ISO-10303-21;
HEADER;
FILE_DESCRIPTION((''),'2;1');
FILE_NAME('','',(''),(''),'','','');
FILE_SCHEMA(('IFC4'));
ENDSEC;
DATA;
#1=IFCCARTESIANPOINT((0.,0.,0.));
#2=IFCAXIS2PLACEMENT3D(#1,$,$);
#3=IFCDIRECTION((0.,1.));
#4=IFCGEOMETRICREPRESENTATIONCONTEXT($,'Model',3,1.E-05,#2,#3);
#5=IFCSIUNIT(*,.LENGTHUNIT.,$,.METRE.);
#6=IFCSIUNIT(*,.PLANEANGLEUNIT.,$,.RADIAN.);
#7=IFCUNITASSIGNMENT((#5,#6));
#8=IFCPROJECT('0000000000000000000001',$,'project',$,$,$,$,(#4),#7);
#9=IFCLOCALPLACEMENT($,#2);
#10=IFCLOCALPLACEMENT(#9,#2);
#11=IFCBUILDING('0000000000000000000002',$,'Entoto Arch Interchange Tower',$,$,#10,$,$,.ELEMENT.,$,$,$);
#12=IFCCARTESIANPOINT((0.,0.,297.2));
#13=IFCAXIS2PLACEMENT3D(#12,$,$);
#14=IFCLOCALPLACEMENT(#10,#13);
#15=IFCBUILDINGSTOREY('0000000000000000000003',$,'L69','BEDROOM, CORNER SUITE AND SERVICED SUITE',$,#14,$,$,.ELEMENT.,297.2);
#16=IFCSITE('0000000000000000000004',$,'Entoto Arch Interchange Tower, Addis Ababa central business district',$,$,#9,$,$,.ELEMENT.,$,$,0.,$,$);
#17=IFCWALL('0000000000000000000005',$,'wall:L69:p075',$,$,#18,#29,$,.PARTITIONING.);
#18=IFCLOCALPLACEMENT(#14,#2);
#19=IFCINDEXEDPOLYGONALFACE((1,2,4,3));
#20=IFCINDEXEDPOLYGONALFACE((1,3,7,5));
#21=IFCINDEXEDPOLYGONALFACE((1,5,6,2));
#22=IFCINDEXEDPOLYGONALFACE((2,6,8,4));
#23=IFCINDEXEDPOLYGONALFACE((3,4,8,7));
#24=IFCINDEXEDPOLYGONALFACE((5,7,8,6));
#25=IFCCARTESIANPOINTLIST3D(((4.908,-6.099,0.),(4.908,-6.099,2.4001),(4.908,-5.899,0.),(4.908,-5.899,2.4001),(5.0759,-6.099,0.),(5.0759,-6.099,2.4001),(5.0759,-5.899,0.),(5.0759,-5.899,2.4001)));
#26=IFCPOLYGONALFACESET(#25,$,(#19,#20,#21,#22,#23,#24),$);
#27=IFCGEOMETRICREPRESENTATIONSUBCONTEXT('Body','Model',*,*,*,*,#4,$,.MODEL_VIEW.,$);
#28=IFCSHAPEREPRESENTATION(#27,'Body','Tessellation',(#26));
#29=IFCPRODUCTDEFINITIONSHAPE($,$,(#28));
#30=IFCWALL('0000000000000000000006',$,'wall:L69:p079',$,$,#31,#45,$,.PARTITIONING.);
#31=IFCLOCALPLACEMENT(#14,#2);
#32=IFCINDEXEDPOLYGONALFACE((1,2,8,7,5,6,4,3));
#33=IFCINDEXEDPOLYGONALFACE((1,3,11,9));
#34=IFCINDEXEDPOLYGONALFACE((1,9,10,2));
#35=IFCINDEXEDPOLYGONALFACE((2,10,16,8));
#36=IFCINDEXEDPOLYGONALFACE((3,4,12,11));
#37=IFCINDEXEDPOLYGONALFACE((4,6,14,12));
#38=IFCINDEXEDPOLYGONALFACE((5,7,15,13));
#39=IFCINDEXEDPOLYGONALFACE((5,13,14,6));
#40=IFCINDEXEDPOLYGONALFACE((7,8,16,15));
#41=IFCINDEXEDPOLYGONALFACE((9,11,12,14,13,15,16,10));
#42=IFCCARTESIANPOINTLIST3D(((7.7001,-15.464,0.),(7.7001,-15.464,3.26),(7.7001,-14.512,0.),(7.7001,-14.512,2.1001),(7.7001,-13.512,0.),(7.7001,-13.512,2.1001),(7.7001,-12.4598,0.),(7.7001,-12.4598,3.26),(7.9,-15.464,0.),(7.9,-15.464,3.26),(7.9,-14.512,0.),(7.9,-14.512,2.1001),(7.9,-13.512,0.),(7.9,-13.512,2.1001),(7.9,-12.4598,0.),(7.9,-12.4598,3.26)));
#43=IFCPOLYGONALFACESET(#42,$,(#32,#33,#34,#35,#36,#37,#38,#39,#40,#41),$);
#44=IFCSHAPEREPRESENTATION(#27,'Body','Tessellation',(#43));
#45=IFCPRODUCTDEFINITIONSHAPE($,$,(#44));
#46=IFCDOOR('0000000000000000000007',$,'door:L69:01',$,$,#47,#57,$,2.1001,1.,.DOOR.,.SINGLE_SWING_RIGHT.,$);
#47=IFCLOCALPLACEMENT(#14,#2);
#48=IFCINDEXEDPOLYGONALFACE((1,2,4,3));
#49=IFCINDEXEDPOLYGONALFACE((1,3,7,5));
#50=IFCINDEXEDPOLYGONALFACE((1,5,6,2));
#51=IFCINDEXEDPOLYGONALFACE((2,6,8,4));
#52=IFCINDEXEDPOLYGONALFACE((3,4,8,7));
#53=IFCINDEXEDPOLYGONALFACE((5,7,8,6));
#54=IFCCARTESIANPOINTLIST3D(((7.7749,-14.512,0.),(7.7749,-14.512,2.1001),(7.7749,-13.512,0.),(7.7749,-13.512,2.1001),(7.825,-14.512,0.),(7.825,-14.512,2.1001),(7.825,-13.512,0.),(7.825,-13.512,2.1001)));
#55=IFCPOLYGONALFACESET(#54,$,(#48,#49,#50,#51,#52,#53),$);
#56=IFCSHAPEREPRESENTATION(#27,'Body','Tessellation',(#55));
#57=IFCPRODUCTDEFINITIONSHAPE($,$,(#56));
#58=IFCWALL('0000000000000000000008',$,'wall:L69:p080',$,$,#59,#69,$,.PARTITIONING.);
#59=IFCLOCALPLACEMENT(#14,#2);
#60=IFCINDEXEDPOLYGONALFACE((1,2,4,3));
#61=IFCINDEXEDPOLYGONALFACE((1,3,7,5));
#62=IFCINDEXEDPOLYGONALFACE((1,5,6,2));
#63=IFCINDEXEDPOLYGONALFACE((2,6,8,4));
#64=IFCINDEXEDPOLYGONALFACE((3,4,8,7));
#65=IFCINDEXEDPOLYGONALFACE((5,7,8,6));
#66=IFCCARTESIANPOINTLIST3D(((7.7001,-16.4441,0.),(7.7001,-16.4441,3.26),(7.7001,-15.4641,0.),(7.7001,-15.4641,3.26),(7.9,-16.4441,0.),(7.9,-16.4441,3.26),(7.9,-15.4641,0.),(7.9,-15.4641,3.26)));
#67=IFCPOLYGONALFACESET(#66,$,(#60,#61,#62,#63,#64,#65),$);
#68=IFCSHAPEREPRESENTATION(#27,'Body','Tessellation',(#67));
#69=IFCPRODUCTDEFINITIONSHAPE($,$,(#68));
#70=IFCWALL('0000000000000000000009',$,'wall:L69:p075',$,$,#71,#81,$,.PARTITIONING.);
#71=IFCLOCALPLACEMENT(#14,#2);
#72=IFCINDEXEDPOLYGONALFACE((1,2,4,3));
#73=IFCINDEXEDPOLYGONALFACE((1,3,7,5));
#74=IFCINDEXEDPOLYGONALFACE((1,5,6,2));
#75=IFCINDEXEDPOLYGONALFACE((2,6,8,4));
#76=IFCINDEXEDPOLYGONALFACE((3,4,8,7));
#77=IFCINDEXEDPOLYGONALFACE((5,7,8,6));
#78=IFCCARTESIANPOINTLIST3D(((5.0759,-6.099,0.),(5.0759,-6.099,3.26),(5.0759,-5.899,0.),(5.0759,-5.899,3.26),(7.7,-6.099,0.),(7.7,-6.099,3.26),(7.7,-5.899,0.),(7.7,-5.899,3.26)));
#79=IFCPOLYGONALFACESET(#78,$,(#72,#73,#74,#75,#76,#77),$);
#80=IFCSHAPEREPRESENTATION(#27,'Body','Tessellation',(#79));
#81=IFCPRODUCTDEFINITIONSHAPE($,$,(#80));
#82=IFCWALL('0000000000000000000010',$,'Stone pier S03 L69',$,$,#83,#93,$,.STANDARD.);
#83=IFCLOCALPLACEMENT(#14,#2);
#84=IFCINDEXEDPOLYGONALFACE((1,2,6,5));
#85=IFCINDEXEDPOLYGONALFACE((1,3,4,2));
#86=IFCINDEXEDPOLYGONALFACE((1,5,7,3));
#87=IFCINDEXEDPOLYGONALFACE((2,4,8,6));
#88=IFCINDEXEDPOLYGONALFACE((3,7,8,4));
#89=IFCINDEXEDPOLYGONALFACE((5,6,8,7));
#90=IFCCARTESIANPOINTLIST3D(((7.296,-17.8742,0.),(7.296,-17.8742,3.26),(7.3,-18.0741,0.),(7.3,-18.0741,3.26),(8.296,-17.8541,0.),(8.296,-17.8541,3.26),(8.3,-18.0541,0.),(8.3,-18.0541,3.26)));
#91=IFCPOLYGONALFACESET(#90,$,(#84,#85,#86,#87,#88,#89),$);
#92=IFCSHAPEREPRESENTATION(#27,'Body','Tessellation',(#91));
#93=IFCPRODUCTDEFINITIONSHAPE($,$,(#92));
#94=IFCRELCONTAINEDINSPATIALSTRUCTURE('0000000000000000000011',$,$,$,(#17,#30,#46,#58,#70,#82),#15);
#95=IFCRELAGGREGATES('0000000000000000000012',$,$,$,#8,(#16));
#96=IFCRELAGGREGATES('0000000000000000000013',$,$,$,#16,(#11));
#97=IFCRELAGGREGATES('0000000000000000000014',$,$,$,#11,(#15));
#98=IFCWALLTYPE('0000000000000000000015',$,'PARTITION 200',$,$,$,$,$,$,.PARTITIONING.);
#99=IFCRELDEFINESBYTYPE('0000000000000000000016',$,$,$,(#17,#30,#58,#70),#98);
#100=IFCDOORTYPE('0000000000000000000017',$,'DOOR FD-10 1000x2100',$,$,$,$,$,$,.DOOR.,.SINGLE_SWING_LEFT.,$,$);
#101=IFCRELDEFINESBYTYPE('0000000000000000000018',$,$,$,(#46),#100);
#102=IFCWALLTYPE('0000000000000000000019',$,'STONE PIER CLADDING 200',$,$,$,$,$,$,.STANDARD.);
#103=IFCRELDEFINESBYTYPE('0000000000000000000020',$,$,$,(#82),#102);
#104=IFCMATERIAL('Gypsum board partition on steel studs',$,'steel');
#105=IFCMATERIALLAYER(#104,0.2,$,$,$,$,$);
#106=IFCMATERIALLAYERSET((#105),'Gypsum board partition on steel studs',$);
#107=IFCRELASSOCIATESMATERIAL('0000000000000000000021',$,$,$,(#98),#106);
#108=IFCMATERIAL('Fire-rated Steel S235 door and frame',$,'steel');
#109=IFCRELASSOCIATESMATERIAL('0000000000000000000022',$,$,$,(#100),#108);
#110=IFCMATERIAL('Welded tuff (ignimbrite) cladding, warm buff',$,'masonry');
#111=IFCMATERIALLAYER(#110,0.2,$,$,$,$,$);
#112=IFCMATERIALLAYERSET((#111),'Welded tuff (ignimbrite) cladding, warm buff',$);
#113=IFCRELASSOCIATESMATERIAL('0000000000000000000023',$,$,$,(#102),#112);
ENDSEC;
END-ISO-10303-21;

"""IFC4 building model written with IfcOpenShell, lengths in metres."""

from ifc_helpers import new_model, si_unit, direction, frame, frame_2d, origin, place, context, subcontext, project, spatial, rectangle, extrude, material, layer, layer_set, type_object, element, fill, save


model = new_model("IFC4")

# Units and contexts
model_context = context("Model", 3, precision=1e-05, world=origin(), true_north=direction((0.0, 1.0)))
body_context = subcontext(model_context, "Body", "Model", "MODEL_VIEW")
ifc_project = project(units=[si_unit("LENGTHUNIT", "METRE"), si_unit("PLANEANGLEUNIT", "RADIAN")], contexts=[model_context])

# Site, building, storey
site_placement = place(None, origin())
site = spatial("IfcSite", under=ifc_project, at=site_placement, Name="Entoto Arch Interchange Tower, Addis Ababa central business district", CompositionType="ELEMENT", RefElevation=0.0)
building_placement = place(site_placement, origin())
building = spatial("IfcBuilding", under=site, at=building_placement, Name="Entoto Arch Interchange Tower", CompositionType="ELEMENT")
storey_placement = place(building_placement, frame((0.0, 0.0, 297.2)))
storey = spatial("IfcBuildingStorey", under=building, at=storey_placement, Name="L69", Description="BEDROOM, CORNER SUITE AND SERVICED SUITE", CompositionType="ELEMENT", Elevation=297.2)

# Wall
ifc_material_1 = material(Name="Gypsum board partition on steel studs", Category="steel")
ifc_layer_1 = layer(ifc_material_1, 0.2)
ifc_layer_set_1 = layer_set([ifc_layer_1], Name="Gypsum board partition on steel studs")
wall_type_1 = type_object("IfcWallType", Name="PARTITION 200", PredefinedType="PARTITIONING", material=ifc_layer_set_1)
wall_1_placement = place(storey_placement, frame((4.908, -5.999, 0.0), z_axis=(0.0, 0.0, 1.0), x_axis=(1.0, 0.0, 0.0)))
element("IfcWall", 1, at=wall_1_placement, inside=storey, type_object=wall_type_1, Name="wall:L69:p075", PredefinedType="PARTITIONING", context=body_context, shape_type="SweptSolid", body=[
    extrude(rectangle(XDim=0.168, YDim=0.2, at=frame_2d((0.084, 0.0))), origin(), (0.0, 0.0, 1.0), 2.4001),
])

# Wall, opening, door
wall_2_placement = place(storey_placement, frame((7.8, -12.46, 0.0), z_axis=(0.0, 0.0, 1.0), x_axis=(0.0, -1.0, 0.0)))
wall_2 = element("IfcWall", 2, at=wall_2_placement, inside=storey, type_object=wall_type_1, Name="wall:L69:p079", PredefinedType="PARTITIONING", context=body_context, shape_type="SweptSolid", body=[
    extrude(rectangle(XDim=3.0042, YDim=0.2, at=frame_2d((1.502, 0.0))), origin(), (0.0, 0.0, 1.0), 3.26),
])
opening_placement = place(wall_2_placement, frame((1.052, 0.0, 0.0)))
opening = element("IfcOpeningElement", 3, at=opening_placement, cuts=wall_2, PredefinedType="OPENING", context=body_context, shape_type="SweptSolid", body=[
    extrude(rectangle(XDim=1.0, YDim=2.1001, at=frame_2d((0.5, 1.05))), frame((0.0, 0.1099, 0.0), z_axis=(0.0, -1.0, 0.0), x_axis=(1.0, 0.0, 0.0)), (0.0, 0.0, 1.0), 0.22),
])
ifc_material_2 = material(Name="Fire-rated Steel S235 door and frame", Category="steel")
door_type = type_object("IfcDoorType", Name="DOOR FD-10 1000x2100", OperationType="SINGLE_SWING_LEFT", PredefinedType="DOOR", material=ifc_material_2)
door_placement = place(opening_placement, origin())
door = element("IfcDoor", 4, at=door_placement, inside=storey, type_object=door_type, Name="door:L69:01", OperationType="SINGLE_SWING_RIGHT", OverallHeight=2.1001, OverallWidth=1.0, PredefinedType="DOOR", context=body_context, shape_type="SweptSolid", body=[
    extrude(rectangle(XDim=1.0, YDim=2.1001, at=frame_2d((0.5, 1.05))), frame((0.0, 0.0249, 0.0), z_axis=(0.0, -1.0, 0.0), x_axis=(1.0, 0.0, 0.0)), (0.0, 0.0, 1.0), 0.05),
])
fill(opening, door)

# Walls
wall_3_placement = place(storey_placement, frame((7.8, -15.4641, 0.0), z_axis=(0.0, 0.0, 1.0), x_axis=(0.0, -1.0, 0.0)))
element("IfcWall", 5, at=wall_3_placement, inside=storey, type_object=wall_type_1, Name="wall:L69:p080", PredefinedType="PARTITIONING", context=body_context, shape_type="SweptSolid", body=[
    extrude(rectangle(XDim=0.98, YDim=0.2, at=frame_2d((0.49, 0.0))), origin(), (0.0, 0.0, 1.0), 3.26),
])
wall_4_placement = place(storey_placement, frame((5.0759, -5.999, 0.0), z_axis=(0.0, 0.0, 1.0), x_axis=(1.0, 0.0, 0.0)))
element("IfcWall", 6, at=wall_4_placement, inside=storey, type_object=wall_type_1, Name="wall:L69:p075", PredefinedType="PARTITIONING", context=body_context, shape_type="SweptSolid", body=[
    extrude(rectangle(XDim=2.624, YDim=0.2, at=frame_2d((1.312, 0.0))), origin(), (0.0, 0.0, 1.0), 3.26),
])
ifc_material_3 = material(Name="Welded tuff (ignimbrite) cladding, warm buff", Category="masonry")
ifc_layer_2 = layer(ifc_material_3, 0.2)
ifc_layer_set_2 = layer_set([ifc_layer_2], Name="Welded tuff (ignimbrite) cladding, warm buff")
wall_type_2 = type_object("IfcWallType", Name="STONE PIER CLADDING 200", PredefinedType="STANDARD", material=ifc_layer_set_2)
wall_5_placement = place(storey_placement, frame((7.2981, -17.9741, 0.0), z_axis=(0.0, 0.0, 1.0), x_axis=(0.9998, 0.020016, 0.0)))
element("IfcWall", 7, at=wall_5_placement, inside=storey, type_object=wall_type_2, Name="Stone pier S03 L69", PredefinedType="STANDARD", context=body_context, shape_type="SweptSolid", body=[
    extrude(rectangle(XDim=1.0002, YDim=0.2, at=frame_2d((0.5, 0.0))), origin(), (0.0, 0.0, 1.0), 3.26),
])

save(model, "model.ifc")
